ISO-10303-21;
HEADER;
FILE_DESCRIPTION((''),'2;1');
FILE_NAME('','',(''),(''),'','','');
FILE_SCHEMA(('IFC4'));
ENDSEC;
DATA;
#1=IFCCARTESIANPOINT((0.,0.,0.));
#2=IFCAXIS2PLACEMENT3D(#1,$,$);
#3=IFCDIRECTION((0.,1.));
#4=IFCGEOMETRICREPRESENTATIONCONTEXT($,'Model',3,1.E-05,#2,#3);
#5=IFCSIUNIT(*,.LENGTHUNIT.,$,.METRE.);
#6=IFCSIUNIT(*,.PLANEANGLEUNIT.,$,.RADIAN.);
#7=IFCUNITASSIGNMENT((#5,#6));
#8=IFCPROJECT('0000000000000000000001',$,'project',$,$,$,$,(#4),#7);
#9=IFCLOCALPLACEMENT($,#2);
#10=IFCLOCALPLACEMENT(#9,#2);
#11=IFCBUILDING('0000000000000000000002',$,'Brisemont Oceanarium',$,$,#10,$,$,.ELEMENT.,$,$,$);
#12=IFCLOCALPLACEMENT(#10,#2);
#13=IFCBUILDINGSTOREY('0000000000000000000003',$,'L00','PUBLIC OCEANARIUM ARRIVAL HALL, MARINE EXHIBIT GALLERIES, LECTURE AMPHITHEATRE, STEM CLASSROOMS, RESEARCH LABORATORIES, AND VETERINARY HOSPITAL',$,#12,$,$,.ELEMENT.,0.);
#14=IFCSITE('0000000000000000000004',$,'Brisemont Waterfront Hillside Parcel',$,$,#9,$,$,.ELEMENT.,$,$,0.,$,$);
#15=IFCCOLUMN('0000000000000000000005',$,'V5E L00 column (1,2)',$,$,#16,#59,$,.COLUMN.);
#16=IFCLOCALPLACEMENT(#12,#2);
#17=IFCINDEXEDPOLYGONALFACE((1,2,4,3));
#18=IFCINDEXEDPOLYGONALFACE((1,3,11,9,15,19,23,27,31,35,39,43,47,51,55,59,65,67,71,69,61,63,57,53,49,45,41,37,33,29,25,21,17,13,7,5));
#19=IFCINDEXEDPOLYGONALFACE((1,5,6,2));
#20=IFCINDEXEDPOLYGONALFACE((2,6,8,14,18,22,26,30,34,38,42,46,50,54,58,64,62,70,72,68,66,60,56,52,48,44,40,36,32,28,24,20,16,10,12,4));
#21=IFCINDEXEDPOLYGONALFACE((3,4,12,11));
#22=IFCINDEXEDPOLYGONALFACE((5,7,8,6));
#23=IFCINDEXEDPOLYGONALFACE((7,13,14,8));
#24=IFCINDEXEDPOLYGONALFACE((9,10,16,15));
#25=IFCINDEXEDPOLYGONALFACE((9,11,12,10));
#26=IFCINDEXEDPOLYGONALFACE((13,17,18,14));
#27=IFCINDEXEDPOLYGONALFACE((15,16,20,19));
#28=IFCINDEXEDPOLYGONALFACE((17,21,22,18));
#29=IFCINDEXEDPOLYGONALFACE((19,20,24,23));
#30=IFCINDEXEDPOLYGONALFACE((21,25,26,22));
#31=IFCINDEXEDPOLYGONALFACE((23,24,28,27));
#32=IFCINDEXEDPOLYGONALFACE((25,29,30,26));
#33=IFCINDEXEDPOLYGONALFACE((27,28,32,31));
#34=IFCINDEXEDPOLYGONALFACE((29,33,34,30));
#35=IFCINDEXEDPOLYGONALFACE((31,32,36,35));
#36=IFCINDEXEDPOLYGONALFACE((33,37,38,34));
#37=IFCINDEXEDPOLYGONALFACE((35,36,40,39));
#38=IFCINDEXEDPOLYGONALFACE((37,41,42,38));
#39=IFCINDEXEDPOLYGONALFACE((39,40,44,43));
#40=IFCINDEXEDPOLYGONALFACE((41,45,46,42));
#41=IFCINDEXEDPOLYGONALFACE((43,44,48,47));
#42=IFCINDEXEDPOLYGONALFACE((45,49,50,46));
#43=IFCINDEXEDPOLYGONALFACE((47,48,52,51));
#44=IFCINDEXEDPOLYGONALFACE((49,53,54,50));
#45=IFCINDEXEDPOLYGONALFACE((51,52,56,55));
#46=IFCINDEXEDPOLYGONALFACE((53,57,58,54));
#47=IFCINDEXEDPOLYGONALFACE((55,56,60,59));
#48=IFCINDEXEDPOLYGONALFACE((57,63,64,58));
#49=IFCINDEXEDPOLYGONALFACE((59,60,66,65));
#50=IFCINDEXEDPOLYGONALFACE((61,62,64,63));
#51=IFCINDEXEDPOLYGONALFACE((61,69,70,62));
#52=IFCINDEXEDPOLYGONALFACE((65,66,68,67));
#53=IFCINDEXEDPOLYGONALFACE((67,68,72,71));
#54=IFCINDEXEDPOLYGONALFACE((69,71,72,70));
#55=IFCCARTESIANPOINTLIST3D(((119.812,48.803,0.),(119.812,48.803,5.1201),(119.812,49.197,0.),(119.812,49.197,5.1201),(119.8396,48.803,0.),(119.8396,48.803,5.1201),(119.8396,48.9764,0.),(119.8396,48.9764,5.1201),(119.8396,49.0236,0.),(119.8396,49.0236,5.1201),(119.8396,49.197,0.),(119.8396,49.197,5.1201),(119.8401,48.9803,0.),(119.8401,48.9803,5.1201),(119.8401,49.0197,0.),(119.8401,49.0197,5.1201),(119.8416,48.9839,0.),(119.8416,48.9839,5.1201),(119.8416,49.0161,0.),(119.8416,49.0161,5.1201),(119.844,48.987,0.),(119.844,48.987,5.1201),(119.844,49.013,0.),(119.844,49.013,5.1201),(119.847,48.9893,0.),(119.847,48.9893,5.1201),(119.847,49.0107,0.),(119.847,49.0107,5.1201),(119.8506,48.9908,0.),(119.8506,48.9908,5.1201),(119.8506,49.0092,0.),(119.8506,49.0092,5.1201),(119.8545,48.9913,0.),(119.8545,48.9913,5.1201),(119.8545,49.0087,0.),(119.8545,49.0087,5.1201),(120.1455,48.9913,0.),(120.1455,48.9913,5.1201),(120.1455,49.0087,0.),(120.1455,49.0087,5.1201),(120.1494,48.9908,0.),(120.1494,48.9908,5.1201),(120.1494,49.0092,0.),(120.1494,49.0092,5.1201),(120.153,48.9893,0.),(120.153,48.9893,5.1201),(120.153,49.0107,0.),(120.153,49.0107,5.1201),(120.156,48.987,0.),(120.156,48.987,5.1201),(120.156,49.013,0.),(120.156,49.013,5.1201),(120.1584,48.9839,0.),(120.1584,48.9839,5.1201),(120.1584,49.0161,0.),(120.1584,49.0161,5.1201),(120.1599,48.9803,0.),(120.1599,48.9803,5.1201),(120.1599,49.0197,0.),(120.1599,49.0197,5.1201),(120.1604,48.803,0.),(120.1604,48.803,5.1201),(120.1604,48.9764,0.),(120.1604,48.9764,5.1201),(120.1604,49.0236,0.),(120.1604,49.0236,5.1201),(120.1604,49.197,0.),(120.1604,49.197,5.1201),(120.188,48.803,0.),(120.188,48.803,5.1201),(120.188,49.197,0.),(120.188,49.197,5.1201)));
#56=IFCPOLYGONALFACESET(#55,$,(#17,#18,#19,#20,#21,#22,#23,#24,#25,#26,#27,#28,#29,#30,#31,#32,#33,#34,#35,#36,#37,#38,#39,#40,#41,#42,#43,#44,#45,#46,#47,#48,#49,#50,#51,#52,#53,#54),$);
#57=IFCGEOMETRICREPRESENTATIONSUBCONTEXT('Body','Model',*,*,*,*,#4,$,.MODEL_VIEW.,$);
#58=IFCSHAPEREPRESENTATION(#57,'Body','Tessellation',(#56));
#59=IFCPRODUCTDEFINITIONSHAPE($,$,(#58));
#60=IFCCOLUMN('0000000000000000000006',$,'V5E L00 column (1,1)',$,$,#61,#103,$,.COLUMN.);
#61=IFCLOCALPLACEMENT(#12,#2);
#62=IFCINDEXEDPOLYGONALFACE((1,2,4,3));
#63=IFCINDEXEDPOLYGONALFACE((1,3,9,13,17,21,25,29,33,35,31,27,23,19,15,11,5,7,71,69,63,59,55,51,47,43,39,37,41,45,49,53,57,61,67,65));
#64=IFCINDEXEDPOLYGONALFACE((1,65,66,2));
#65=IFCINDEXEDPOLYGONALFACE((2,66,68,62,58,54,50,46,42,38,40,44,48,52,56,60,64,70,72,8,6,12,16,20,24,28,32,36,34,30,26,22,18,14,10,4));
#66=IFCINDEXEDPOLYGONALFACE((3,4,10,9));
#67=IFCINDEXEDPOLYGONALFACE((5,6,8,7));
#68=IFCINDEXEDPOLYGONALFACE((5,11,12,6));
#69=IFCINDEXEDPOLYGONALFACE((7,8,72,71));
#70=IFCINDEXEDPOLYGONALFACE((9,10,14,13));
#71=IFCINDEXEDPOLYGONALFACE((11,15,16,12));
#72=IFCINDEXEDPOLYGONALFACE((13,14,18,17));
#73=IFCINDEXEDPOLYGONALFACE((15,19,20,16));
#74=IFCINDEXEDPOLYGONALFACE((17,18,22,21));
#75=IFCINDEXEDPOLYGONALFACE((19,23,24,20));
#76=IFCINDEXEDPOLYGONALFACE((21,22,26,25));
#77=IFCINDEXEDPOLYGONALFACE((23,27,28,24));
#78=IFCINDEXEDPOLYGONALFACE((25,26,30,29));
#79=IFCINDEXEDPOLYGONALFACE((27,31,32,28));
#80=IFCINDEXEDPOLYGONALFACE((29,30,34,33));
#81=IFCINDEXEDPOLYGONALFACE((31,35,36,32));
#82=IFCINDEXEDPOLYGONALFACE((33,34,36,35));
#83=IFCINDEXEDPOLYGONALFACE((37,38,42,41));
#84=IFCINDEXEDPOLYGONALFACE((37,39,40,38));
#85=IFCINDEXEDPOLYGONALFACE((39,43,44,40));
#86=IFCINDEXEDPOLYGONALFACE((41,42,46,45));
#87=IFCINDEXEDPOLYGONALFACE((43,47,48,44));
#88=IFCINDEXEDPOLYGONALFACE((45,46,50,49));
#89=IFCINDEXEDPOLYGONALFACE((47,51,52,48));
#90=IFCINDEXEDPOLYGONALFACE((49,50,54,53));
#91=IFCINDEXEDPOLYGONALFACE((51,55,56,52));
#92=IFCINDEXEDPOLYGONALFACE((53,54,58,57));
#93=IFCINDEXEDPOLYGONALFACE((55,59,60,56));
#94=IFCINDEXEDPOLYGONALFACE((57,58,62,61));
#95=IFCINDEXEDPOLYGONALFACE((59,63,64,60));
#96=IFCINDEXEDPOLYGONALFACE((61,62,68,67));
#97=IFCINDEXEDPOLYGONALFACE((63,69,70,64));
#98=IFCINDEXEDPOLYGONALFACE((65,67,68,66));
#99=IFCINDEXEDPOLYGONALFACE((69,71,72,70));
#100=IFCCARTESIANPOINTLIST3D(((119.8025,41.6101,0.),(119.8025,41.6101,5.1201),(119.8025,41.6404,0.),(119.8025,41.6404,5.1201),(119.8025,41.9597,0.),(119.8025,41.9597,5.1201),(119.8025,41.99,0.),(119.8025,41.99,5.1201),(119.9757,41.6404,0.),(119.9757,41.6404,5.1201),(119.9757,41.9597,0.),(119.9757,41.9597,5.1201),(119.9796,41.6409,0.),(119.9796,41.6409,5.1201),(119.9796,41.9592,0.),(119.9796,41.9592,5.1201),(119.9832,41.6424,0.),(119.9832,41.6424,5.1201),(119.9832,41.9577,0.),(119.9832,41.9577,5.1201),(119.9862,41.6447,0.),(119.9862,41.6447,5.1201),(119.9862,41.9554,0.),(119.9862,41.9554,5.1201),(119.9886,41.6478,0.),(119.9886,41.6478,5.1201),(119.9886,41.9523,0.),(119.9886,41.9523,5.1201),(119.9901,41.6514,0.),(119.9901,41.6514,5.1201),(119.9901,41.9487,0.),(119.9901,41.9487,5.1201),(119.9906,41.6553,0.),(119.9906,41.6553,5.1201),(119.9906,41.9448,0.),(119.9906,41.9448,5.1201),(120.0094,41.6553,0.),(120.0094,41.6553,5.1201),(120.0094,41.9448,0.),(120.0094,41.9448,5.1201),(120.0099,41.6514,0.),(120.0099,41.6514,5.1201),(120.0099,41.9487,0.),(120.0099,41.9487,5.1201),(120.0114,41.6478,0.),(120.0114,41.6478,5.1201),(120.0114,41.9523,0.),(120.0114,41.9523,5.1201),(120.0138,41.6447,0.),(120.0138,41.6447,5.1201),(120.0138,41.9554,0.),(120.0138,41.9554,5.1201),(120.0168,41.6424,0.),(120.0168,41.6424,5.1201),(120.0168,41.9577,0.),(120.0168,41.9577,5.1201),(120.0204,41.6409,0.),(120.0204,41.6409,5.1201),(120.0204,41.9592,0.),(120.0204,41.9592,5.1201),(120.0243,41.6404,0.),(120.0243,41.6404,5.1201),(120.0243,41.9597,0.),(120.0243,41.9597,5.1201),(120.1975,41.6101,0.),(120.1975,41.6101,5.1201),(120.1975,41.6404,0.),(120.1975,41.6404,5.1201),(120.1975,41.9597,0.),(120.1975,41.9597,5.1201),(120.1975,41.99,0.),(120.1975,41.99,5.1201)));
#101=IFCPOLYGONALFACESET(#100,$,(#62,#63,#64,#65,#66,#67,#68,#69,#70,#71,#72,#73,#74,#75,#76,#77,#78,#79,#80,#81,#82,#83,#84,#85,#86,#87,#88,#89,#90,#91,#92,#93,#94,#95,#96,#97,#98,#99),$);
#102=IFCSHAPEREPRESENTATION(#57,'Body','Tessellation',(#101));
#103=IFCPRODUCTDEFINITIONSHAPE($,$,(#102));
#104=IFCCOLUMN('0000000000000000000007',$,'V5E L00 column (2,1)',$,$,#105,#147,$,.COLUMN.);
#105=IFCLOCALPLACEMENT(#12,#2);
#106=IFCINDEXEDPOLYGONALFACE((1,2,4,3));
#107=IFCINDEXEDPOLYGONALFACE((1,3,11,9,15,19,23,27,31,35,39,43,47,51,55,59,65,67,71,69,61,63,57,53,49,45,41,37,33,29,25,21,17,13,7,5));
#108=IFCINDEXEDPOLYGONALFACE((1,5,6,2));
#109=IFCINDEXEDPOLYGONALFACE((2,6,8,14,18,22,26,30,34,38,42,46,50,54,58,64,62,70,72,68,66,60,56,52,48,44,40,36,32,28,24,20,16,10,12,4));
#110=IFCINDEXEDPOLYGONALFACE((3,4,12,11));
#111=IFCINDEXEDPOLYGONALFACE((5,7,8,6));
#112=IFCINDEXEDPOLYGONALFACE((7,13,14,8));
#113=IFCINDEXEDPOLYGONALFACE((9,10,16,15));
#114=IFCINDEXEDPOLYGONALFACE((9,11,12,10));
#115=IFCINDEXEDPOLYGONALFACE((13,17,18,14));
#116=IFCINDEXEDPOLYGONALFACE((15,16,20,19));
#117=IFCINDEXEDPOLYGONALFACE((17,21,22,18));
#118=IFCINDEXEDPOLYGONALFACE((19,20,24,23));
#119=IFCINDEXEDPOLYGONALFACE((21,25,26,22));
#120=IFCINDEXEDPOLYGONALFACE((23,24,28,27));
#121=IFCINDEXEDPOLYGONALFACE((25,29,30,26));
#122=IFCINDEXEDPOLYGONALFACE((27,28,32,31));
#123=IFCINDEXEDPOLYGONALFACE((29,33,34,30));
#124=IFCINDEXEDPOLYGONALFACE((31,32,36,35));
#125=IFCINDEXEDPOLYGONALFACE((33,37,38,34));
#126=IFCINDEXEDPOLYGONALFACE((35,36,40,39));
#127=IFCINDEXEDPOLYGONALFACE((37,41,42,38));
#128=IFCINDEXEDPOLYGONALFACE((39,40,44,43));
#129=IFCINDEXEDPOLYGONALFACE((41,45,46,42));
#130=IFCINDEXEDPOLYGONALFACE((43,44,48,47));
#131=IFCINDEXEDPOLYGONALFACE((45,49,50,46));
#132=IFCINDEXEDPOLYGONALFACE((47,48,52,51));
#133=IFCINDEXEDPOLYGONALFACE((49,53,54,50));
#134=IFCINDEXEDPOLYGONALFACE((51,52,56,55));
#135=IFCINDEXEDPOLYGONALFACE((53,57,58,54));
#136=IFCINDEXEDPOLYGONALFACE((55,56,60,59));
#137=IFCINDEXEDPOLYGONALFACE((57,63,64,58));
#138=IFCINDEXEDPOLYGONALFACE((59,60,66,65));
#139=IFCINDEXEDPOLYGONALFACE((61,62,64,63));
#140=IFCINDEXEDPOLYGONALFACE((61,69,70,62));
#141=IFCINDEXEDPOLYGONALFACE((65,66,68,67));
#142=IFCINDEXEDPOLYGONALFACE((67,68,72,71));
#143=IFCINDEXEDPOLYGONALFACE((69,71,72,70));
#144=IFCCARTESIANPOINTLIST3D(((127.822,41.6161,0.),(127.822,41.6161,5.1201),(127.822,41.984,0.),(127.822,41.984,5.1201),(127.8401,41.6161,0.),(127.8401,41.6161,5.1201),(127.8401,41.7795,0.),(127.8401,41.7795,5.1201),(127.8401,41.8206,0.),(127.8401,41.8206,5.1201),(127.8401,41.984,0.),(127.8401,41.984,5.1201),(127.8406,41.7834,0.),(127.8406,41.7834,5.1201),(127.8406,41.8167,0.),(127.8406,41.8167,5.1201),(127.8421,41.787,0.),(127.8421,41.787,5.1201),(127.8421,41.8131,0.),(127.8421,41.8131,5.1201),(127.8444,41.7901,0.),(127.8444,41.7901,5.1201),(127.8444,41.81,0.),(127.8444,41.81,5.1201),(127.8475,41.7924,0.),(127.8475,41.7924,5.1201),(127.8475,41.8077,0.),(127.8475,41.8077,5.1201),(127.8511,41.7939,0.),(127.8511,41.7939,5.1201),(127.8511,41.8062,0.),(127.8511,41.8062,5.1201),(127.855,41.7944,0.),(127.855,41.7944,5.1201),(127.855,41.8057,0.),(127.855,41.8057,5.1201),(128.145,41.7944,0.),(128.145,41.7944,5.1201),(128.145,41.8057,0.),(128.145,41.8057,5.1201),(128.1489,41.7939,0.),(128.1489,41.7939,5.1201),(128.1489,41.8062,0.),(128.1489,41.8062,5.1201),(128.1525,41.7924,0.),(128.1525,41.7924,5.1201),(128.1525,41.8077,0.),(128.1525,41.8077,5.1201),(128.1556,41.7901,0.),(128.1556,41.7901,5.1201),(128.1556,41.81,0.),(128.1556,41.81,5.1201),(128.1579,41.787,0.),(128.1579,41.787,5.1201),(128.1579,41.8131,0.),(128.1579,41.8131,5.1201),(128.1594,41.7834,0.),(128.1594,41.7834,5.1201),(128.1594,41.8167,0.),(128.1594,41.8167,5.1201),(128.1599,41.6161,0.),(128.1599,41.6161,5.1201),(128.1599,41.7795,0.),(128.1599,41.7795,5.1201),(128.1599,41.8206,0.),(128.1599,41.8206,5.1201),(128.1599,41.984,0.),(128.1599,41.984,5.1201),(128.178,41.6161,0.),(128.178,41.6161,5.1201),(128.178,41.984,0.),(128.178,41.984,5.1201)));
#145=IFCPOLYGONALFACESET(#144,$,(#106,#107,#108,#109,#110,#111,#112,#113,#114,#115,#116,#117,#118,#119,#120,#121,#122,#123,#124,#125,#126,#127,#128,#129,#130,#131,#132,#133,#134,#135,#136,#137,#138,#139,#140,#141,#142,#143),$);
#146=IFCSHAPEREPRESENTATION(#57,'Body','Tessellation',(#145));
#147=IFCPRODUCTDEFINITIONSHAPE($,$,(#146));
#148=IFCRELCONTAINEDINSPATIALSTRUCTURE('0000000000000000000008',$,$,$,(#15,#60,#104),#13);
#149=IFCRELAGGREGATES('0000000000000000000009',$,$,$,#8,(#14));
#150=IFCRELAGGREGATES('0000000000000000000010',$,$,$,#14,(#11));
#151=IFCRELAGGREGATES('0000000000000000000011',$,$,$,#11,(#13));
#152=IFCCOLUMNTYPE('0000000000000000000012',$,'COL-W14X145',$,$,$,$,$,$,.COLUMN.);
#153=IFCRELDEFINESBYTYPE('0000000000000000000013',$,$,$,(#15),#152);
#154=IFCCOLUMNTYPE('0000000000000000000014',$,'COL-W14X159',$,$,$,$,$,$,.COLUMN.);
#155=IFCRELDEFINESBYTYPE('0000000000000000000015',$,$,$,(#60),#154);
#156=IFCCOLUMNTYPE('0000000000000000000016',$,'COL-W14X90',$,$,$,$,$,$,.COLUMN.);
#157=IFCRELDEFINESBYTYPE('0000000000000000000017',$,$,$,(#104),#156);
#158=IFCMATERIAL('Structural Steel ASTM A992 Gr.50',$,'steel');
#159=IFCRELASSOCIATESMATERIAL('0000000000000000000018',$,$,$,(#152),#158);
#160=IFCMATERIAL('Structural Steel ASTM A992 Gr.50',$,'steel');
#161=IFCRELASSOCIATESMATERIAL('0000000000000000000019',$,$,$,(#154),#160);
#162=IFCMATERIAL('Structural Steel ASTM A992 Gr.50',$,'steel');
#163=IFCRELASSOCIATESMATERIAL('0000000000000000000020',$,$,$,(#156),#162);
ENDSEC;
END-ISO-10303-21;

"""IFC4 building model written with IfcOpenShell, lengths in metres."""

from ifc_helpers import new_model, si_unit, direction, frame, origin, origin_2d, place, context, subcontext, project, spatial, i_section, extrude, material, material_profile, profile_set, type_object, element, save


model = new_model("IFC4")

# Units and contexts
model_context = context("Model", 3, precision=1e-05, world=origin(), true_north=direction((0.0, 1.0)))
body_context = subcontext(model_context, "Body", "Model", "MODEL_VIEW")
ifc_project = project(units=[si_unit("LENGTHUNIT", "METRE"), si_unit("PLANEANGLEUNIT", "RADIAN")], contexts=[model_context])

# Site, building, storey
site_placement = place(None, origin())
site = spatial("IfcSite", under=ifc_project, at=site_placement, Name="Brisemont Waterfront Hillside Parcel", CompositionType="ELEMENT", RefElevation=0.0)
building_placement = place(site_placement, origin())
building = spatial("IfcBuilding", under=site, at=building_placement, Name="Brisemont Oceanarium", CompositionType="ELEMENT")
storey_placement = place(building_placement, origin())
storey = spatial("IfcBuildingStorey", under=building, at=storey_placement, Name="L00", Description="PUBLIC OCEANARIUM ARRIVAL HALL, MARINE EXHIBIT GALLERIES, LECTURE AMPHITHEATRE, STEM CLASSROOMS, RESEARCH LABORATORIES, AND VETERINARY HOSPITAL", CompositionType="ELEMENT", Elevation=0.0)

# Columns
ifc_material_1 = material(Name="Structural Steel ASTM A992 Gr.50", Category="steel")
ifc_material_profile_1 = material_profile(ifc_material_1, i_section(OverallWidth=0.394, OverallDepth=0.376, WebThickness=0.0173, FlangeThickness=0.0276, FilletRadius=0.0149, at=origin_2d()), Name="W14X145")
ifc_profile_set_1 = profile_set([ifc_material_profile_1], Name="Structural Steel ASTM A992 Gr.50")
column_type_1 = type_object("IfcColumnType", Name="COL-W14X145", PredefinedType="COLUMN", material=ifc_profile_set_1)
column_1_placement = place(storey_placement, frame((120.0, 49.0, 0.0), z_axis=(0.0, 0.0, 1.0), x_axis=(0.0, 1.0, 0.0)))
element("IfcColumn", 1, at=column_1_placement, inside=storey, type_object=column_type_1, Name="V5E L00 column (1,2)", PredefinedType="COLUMN", context=body_context, shape_type="SweptSolid", body=[
    extrude(i_section(OverallWidth=0.394, OverallDepth=0.376, WebThickness=0.0173, FlangeThickness=0.0276, FilletRadius=0.0149, at=origin_2d()), origin(), (0.0, 0.0, 1.0), 5.1201),
])
ifc_material_2 = material(Name="Structural Steel ASTM A992 Gr.50", Category="steel")
ifc_material_profile_2 = material_profile(ifc_material_2, i_section(OverallWidth=0.395, OverallDepth=0.3799, WebThickness=0.0188, FlangeThickness=0.0303, FilletRadius=0.0149, at=origin_2d()), Name="W14X159")
ifc_profile_set_2 = profile_set([ifc_material_profile_2], Name="Structural Steel ASTM A992 Gr.50")
column_type_2 = type_object("IfcColumnType", Name="COL-W14X159", PredefinedType="COLUMN", material=ifc_profile_set_2)
column_2_placement = place(storey_placement, frame((120.0, 41.8, 0.0), z_axis=(0.0, 0.0, 1.0), x_axis=(1.0, 0.0, 0.0)))
element("IfcColumn", 2, at=column_2_placement, inside=storey, type_object=column_type_2, Name="V5E L00 column (1,1)", PredefinedType="COLUMN", context=body_context, shape_type="SweptSolid", body=[
    extrude(i_section(OverallWidth=0.395, OverallDepth=0.3799, WebThickness=0.0188, FlangeThickness=0.0303, FilletRadius=0.0149, at=origin_2d()), origin(), (0.0, 0.0, 1.0), 5.1201),
])
ifc_material_3 = material(Name="Structural Steel ASTM A992 Gr.50", Category="steel")
ifc_material_profile_3 = material_profile(ifc_material_3, i_section(OverallWidth=0.3679, OverallDepth=0.356, WebThickness=0.0112, FlangeThickness=0.0181, FilletRadius=0.0149, at=origin_2d()), Name="W14X90")
ifc_profile_set_3 = profile_set([ifc_material_profile_3], Name="Structural Steel ASTM A992 Gr.50")
column_type_3 = type_object("IfcColumnType", Name="COL-W14X90", PredefinedType="COLUMN", material=ifc_profile_set_3)
column_3_placement = place(storey_placement, frame((128.0, 41.8, 0.0), z_axis=(0.0, 0.0, 1.0), x_axis=(0.0, 1.0, 0.0)))
element("IfcColumn", 3, at=column_3_placement, inside=storey, type_object=column_type_3, Name="V5E L00 column (2,1)", PredefinedType="COLUMN", context=body_context, shape_type="SweptSolid", body=[
    extrude(i_section(OverallWidth=0.3679, OverallDepth=0.356, WebThickness=0.0112, FlangeThickness=0.0181, FilletRadius=0.0149, at=origin_2d()), origin(), (0.0, 0.0, 1.0), 5.1201),
])

save(model, "model.ifc")
